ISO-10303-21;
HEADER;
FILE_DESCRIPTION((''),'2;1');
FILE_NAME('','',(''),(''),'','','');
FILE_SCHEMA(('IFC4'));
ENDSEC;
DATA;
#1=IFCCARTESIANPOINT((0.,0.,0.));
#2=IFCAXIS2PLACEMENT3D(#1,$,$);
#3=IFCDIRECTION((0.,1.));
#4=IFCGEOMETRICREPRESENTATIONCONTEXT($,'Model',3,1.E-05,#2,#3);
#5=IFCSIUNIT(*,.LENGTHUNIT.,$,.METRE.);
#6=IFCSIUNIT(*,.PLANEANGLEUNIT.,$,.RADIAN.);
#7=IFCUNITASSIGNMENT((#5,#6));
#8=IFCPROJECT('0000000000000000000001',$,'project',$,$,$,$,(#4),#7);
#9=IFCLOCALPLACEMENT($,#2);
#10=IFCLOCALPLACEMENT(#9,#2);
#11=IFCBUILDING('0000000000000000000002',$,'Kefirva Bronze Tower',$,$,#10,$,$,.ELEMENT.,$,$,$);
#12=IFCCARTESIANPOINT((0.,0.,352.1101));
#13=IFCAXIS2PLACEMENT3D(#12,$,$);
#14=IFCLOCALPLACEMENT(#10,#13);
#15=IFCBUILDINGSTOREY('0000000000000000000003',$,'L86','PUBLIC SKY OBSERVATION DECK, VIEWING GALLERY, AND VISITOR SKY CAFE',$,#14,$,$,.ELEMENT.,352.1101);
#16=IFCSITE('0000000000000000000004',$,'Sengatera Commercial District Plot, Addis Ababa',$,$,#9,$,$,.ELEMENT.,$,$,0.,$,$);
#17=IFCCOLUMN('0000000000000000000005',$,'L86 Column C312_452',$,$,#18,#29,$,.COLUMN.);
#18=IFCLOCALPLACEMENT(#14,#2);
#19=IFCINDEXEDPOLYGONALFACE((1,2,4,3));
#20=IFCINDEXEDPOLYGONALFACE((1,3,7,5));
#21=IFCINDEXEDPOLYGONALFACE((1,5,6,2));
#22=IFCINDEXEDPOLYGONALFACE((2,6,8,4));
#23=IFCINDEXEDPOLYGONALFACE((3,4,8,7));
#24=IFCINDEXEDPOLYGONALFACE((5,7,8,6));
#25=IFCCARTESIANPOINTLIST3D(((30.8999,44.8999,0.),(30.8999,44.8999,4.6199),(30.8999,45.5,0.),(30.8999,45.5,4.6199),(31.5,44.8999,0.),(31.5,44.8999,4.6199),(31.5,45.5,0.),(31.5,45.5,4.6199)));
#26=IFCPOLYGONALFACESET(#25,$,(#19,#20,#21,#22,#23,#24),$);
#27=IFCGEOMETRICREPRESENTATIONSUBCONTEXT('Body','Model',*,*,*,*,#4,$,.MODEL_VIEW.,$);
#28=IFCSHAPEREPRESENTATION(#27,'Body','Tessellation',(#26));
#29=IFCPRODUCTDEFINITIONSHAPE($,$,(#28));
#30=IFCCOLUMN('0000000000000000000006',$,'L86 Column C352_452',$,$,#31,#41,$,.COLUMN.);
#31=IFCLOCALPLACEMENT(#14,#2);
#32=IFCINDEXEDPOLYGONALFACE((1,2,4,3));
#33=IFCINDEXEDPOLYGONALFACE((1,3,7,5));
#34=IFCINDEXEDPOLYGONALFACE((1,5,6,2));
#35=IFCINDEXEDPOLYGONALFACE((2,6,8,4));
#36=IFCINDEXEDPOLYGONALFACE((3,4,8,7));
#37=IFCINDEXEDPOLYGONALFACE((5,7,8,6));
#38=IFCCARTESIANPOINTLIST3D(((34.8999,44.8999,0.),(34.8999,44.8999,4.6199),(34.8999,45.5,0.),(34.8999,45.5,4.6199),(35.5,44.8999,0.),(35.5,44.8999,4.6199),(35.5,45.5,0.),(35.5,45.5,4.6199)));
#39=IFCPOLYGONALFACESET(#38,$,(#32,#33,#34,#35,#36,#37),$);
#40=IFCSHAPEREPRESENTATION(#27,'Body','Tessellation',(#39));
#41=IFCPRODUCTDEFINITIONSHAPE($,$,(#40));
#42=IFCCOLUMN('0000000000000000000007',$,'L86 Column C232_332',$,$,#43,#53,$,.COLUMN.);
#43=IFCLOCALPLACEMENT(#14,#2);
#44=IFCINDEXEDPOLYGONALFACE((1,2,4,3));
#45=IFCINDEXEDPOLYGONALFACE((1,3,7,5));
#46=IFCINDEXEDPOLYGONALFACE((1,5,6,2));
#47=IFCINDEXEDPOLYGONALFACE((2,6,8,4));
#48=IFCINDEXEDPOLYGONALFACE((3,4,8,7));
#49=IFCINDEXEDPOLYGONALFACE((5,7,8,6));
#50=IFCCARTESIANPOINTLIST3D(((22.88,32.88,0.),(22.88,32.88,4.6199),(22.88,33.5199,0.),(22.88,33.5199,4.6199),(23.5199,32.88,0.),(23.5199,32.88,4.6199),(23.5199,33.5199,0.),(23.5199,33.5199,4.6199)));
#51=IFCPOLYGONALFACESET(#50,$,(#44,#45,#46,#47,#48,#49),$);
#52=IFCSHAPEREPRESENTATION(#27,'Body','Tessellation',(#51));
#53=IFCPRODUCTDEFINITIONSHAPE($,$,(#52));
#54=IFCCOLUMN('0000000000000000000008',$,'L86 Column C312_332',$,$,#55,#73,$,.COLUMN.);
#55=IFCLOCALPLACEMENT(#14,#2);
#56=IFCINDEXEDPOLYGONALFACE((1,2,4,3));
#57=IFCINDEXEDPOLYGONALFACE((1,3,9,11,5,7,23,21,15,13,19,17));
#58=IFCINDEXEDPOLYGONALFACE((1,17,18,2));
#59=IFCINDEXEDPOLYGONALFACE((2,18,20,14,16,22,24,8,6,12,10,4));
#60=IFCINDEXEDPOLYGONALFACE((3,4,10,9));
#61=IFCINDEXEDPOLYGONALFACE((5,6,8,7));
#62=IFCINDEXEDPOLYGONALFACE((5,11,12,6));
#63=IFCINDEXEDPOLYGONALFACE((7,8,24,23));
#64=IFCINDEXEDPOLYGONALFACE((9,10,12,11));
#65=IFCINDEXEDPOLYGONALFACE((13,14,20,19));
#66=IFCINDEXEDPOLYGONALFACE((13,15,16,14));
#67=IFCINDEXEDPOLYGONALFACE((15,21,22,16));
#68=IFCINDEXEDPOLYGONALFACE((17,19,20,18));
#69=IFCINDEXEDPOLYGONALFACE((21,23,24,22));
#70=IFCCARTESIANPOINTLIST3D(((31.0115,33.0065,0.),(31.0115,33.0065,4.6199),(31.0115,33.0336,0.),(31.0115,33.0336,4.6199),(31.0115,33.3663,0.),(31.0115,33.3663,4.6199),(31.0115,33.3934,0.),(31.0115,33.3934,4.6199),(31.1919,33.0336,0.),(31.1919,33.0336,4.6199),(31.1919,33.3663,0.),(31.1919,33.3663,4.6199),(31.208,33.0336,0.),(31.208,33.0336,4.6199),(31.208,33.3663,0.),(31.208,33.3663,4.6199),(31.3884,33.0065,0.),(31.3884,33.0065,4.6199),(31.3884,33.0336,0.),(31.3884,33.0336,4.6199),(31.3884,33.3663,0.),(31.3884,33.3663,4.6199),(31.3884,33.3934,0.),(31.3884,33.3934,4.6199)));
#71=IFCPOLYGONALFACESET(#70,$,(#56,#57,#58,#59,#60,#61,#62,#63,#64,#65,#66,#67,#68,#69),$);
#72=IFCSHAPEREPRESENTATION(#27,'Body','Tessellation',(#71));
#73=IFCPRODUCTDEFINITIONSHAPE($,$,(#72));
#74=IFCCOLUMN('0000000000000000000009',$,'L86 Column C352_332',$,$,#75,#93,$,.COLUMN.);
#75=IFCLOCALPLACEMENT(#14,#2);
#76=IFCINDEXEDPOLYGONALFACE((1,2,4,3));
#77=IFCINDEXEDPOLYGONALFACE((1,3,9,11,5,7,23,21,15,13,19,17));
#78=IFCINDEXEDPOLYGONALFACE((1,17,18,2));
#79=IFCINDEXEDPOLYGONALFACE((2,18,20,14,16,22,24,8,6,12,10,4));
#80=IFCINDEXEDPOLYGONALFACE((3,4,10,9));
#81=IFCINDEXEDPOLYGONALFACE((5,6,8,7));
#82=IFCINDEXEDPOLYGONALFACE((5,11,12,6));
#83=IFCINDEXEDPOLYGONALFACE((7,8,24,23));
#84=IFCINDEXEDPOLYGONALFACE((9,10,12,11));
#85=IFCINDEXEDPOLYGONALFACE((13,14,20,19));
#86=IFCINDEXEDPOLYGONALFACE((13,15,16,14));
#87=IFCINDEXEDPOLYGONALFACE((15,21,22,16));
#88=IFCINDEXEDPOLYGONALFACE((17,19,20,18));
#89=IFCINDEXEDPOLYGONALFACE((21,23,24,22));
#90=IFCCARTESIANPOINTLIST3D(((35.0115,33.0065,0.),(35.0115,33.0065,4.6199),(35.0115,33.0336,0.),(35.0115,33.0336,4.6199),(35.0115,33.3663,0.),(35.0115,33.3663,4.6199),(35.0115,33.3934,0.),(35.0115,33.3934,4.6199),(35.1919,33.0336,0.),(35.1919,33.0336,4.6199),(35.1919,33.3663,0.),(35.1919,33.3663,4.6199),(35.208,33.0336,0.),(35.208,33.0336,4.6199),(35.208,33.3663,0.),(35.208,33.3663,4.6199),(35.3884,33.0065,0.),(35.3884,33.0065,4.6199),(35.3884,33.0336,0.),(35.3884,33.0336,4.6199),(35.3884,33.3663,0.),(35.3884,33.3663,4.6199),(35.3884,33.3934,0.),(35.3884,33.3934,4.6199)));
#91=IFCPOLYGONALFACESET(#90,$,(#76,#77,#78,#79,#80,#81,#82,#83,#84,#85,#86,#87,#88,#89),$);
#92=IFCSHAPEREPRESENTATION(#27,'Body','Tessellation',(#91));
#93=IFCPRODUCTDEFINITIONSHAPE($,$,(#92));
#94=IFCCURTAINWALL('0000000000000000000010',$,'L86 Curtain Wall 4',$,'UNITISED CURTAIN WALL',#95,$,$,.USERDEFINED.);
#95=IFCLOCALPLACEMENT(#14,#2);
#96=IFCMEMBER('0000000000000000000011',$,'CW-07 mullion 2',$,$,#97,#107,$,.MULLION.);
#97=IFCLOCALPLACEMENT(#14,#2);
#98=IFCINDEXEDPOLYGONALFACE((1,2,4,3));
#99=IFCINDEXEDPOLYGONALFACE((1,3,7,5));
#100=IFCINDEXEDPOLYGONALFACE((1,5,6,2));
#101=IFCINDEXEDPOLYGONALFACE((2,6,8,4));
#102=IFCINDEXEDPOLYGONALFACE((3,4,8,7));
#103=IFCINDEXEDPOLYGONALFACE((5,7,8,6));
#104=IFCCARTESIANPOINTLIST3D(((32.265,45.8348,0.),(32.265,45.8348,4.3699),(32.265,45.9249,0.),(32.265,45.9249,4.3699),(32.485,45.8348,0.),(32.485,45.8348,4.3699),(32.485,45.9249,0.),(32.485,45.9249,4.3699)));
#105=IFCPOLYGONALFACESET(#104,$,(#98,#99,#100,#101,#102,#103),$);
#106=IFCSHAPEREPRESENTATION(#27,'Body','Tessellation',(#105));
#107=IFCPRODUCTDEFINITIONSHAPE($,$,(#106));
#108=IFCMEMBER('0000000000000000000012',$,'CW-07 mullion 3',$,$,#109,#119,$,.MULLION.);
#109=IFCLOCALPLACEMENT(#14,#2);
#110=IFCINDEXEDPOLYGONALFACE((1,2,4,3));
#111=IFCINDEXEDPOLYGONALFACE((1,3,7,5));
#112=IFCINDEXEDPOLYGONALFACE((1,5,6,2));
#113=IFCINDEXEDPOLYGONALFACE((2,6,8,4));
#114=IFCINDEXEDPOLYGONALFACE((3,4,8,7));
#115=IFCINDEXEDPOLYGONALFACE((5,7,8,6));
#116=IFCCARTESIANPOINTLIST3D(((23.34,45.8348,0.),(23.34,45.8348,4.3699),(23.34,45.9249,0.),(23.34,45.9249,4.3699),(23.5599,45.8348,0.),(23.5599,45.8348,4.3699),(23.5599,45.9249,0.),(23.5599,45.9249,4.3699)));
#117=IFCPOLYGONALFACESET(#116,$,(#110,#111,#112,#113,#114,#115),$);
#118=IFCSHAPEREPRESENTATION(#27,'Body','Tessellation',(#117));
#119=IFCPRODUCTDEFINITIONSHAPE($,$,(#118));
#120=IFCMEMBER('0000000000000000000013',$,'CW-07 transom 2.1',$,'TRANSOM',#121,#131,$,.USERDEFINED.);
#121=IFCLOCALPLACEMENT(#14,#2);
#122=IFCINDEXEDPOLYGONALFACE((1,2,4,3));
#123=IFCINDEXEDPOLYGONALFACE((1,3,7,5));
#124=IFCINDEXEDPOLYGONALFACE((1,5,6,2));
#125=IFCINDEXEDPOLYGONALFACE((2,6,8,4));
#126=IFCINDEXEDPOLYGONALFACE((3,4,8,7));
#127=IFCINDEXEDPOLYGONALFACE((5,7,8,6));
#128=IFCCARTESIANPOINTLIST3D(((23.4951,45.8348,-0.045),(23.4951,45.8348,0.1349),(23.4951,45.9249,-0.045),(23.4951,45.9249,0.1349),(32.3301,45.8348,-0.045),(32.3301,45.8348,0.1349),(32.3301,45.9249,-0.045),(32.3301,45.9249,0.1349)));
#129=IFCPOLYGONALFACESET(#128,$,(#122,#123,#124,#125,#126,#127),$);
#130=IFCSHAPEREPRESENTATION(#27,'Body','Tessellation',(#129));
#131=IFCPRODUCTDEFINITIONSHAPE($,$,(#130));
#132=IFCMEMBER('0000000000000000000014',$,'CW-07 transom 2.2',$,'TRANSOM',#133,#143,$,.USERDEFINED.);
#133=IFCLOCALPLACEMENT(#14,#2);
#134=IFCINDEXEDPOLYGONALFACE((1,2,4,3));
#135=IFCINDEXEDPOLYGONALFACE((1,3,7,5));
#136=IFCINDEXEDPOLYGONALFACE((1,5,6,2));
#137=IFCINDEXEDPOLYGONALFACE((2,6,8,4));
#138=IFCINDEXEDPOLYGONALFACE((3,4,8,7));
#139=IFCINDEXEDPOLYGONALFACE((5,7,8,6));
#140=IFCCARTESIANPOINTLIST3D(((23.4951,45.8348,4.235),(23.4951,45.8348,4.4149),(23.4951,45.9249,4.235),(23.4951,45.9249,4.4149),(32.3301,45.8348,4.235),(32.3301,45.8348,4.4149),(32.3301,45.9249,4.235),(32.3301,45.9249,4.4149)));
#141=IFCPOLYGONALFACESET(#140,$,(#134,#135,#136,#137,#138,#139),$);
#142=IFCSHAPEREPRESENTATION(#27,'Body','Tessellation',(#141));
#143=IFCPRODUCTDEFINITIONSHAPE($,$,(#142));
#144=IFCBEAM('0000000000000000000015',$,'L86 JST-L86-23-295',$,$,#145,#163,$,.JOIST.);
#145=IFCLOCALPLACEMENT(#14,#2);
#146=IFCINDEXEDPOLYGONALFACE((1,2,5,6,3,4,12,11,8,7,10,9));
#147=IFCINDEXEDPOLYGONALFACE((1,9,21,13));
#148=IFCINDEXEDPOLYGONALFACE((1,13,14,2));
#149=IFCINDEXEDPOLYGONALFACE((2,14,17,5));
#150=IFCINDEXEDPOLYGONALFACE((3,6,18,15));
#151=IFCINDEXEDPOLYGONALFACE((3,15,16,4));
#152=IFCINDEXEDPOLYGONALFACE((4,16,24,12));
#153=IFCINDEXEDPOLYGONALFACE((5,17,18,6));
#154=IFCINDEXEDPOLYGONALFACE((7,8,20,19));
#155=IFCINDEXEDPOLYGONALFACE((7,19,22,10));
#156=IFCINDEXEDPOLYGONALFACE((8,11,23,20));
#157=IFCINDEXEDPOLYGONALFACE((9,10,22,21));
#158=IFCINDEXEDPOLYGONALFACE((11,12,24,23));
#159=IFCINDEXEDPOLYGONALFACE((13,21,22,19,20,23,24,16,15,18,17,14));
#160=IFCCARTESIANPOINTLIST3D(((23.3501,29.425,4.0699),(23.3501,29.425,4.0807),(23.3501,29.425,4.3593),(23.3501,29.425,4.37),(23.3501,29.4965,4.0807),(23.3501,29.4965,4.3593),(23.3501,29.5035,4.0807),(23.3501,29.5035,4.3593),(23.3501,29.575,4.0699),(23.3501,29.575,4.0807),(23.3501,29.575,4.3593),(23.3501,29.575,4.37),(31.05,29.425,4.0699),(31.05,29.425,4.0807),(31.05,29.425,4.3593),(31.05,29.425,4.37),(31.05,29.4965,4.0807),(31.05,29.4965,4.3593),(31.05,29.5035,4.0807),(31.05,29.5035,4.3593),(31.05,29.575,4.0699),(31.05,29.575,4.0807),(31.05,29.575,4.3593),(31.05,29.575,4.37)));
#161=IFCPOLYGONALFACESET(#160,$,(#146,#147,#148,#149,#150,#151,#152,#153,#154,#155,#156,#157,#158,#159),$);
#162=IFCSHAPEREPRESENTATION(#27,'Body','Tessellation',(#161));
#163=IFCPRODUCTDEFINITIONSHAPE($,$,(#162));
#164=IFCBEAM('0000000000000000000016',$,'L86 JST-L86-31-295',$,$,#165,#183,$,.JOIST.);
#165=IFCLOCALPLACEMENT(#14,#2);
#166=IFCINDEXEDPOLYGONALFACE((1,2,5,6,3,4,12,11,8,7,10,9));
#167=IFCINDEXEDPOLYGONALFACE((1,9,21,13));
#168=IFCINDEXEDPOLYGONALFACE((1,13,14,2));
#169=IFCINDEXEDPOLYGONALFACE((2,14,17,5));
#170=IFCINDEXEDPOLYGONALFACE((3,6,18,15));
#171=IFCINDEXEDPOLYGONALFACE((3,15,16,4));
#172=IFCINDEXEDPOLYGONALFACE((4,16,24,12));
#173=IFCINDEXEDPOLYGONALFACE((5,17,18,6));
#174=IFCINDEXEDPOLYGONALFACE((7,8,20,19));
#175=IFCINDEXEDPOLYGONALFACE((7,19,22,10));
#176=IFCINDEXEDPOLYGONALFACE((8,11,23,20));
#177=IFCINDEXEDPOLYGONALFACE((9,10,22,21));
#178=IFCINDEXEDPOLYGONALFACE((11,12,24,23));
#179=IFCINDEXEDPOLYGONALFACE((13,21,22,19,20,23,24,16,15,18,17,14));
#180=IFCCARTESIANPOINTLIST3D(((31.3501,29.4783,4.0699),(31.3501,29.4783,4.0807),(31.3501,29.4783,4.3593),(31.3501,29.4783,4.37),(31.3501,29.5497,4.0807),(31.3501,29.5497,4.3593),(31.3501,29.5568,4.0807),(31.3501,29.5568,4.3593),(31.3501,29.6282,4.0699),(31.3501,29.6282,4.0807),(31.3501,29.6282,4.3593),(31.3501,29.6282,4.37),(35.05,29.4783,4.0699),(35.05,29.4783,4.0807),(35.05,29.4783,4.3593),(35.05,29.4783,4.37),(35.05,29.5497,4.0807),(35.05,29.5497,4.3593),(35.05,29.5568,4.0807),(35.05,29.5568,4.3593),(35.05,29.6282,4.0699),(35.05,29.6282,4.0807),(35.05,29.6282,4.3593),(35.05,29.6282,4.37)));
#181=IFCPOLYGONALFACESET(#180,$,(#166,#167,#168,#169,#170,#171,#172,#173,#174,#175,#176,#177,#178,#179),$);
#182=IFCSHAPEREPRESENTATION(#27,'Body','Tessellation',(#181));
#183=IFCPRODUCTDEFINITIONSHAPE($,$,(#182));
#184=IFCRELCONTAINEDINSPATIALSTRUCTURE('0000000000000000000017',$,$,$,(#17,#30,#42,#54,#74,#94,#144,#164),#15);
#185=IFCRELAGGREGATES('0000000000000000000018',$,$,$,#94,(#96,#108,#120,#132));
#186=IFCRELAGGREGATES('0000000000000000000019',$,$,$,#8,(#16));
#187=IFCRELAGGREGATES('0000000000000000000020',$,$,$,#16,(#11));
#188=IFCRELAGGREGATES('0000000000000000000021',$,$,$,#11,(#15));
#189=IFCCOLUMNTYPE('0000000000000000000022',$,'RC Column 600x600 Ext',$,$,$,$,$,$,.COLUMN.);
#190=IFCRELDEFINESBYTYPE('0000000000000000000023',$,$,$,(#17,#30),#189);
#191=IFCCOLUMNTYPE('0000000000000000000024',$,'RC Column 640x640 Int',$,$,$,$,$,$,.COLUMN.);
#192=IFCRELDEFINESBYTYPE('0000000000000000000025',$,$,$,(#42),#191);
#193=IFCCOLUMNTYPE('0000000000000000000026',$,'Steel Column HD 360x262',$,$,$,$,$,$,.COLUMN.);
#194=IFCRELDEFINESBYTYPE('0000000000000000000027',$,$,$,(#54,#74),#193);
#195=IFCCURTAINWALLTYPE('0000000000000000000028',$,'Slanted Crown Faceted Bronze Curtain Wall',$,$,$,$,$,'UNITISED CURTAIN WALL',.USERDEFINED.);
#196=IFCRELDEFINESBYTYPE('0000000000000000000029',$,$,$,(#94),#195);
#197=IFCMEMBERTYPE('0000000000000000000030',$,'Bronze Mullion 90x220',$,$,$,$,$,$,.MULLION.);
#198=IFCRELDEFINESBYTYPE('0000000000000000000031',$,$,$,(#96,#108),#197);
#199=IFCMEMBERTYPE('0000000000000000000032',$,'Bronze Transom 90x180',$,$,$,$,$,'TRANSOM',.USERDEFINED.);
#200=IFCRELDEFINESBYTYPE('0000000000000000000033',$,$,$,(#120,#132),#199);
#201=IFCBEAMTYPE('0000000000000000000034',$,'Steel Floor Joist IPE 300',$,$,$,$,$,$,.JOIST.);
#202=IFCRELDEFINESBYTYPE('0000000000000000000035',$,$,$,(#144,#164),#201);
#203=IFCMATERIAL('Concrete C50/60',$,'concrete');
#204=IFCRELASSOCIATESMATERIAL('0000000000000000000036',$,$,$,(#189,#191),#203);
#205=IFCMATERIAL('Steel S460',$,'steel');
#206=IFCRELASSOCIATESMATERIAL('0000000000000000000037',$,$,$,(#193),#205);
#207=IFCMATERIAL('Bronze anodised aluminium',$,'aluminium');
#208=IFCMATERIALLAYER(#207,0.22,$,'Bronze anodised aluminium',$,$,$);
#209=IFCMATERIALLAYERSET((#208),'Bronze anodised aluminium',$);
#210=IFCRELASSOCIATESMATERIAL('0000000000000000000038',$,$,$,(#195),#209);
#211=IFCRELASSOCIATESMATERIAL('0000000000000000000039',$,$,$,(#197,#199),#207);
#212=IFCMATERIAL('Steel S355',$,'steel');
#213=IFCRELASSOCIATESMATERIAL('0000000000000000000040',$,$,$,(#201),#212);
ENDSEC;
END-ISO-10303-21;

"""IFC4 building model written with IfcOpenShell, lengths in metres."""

from ifc_helpers import new_model, si_unit, direction, frame, origin, origin_2d, place, context, subcontext, project, spatial, rectangle, i_section, extrude, material, layer, layer_set, material_profile, profile_set, type_object, element, aggregate, save


model = new_model("IFC4")

# Units and contexts
model_context = context("Model", 3, precision=1e-05, world=origin(), true_north=direction((0.0, 1.0)))
body_context = subcontext(model_context, "Body", "Model", "MODEL_VIEW")
ifc_project = project(units=[si_unit("LENGTHUNIT", "METRE"), si_unit("PLANEANGLEUNIT", "RADIAN")], contexts=[model_context])

# Site, building, storey
site_placement = place(None, origin())
site = spatial("IfcSite", under=ifc_project, at=site_placement, Name="Sengatera Commercial District Plot, Addis Ababa", CompositionType="ELEMENT", RefElevation=0.0)
building_placement = place(site_placement, origin())
building = spatial("IfcBuilding", under=site, at=building_placement, Name="Kefirva Bronze Tower", CompositionType="ELEMENT")
storey_placement = place(building_placement, frame((0.0, 0.0, 352.1101)))
storey = spatial("IfcBuildingStorey", under=building, at=storey_placement, Name="L86", Description="PUBLIC SKY OBSERVATION DECK, VIEWING GALLERY, AND VISITOR SKY CAFE", CompositionType="ELEMENT", Elevation=352.1101)

# Columns
ifc_material_1 = material(Name="Concrete C50/60", Category="concrete")
ifc_material_profile_1 = material_profile(ifc_material_1, rectangle(XDim=0.6001, YDim=0.6001, at=origin_2d()), Name="RC 600x600")
ifc_profile_set_1 = profile_set([ifc_material_profile_1], Name="Concrete C50/60")
column_type_1 = type_object("IfcColumnType", Name="RC Column 600x600 Ext", PredefinedType="COLUMN", material=ifc_profile_set_1)
for number, where, z_axis, x_axis, name in (
    (1, (31.2, 45.2, 0.0), (0.0, 0.0, 1.0), (1.0, 0.0, 0.0), "L86 Column C312_452"),
    (2, (35.2, 45.2, 0.0), (0.0, 0.0, 1.0), (1.0, 0.0, 0.0), "L86 Column C352_452"),
):
    element("IfcColumn", number, at=place(storey_placement, frame(where, z_axis=z_axis, x_axis=x_axis)), inside=storey, type_object=column_type_1, Name=name, PredefinedType="COLUMN", context=body_context, shape_type="SweptSolid", body=[
        extrude(rectangle(XDim=0.6001, YDim=0.6001, at=origin_2d()), origin(), (0.0, 0.0, 1.0), 4.6199),
    ])
ifc_material_profile_2 = material_profile(ifc_material_1, rectangle(XDim=0.6399, YDim=0.6399, at=origin_2d()), Name="RC 640x640")
ifc_profile_set_2 = profile_set([ifc_material_profile_2], Name="Concrete C50/60")
column_type_2 = type_object("IfcColumnType", Name="RC Column 640x640 Int", PredefinedType="COLUMN", material=ifc_profile_set_2)
column_placement = place(storey_placement, frame((23.2, 33.2, 0.0), z_axis=(0.0, 0.0, 1.0), x_axis=(1.0, 0.0, 0.0)))
element("IfcColumn", 3, at=column_placement, inside=storey, type_object=column_type_2, Name="L86 Column C232_332", PredefinedType="COLUMN", context=body_context, shape_type="SweptSolid", body=[
    extrude(rectangle(XDim=0.6399, YDim=0.6399, at=origin_2d()), origin(), (0.0, 0.0, 1.0), 4.6199),
])
ifc_material_2 = material(Name="Steel S460", Category="steel")
ifc_material_profile_3 = material_profile(ifc_material_2, i_section(OverallWidth=0.377, OverallDepth=0.387, WebThickness=0.0161, FlangeThickness=0.0271, at=origin_2d()), Name="HD 360x262")
ifc_profile_set_3 = profile_set([ifc_material_profile_3], Name="Steel S460")
column_type_3 = type_object("IfcColumnType", Name="Steel Column HD 360x262", PredefinedType="COLUMN", material=ifc_profile_set_3)
for number, where, z_axis, x_axis, name in (
    (4, (31.2, 33.2, 0.0), (0.0, 0.0, 1.0), (1.0, 0.0, 0.0), "L86 Column C312_332"),
    (5, (35.2, 33.2, 0.0), (0.0, 0.0, 1.0), (1.0, 0.0, 0.0), "L86 Column C352_332"),
):
    element("IfcColumn", number, at=place(storey_placement, frame(where, z_axis=z_axis, x_axis=x_axis)), inside=storey, type_object=column_type_3, Name=name, PredefinedType="COLUMN", context=body_context, shape_type="SweptSolid", body=[
        extrude(i_section(OverallWidth=0.377, OverallDepth=0.387, WebThickness=0.0161, FlangeThickness=0.0271, at=origin_2d()), origin(), (0.0, 0.0, 1.0), 4.6199),
    ])

# Curtain wall, members
ifc_material_3 = material(Name="Bronze anodised aluminium", Category="aluminium")
ifc_layer_1 = layer(ifc_material_3, 0.22, Name="Bronze anodised aluminium")
ifc_layer_set_1 = layer_set([ifc_layer_1], Name="Bronze anodised aluminium")
curtain_wall_type = type_object("IfcCurtainWallType", Name="Slanted Crown Faceted Bronze Curtain Wall", ElementType="UNITISED CURTAIN WALL", PredefinedType="USERDEFINED", material=ifc_layer_set_1)
curtain_wall_placement = place(storey_placement, origin())
curtain_wall = element("IfcCurtainWall", 6, at=curtain_wall_placement, inside=storey, type_object=curtain_wall_type, Name="L86 Curtain Wall 4", ObjectType="UNITISED CURTAIN WALL", PredefinedType="USERDEFINED")
ifc_material_profile_4 = material_profile(ifc_material_3, rectangle(XDim=0.0901, YDim=0.22, at=origin_2d()), Name="ALU 90x220")
ifc_profile_set_4 = profile_set([ifc_material_profile_4], Name="Bronze anodised aluminium")
member_type_1 = type_object("IfcMemberType", Name="Bronze Mullion 90x220", PredefinedType="MULLION", material=ifc_profile_set_4)
member_1_placement = place(storey_placement, frame((32.375, 45.8799, 0.0), z_axis=(0.0, 0.0, 1.0), x_axis=(0.0, -1.0, 0.0)))
member_1 = element("IfcMember", 7, at=member_1_placement, type_object=member_type_1, Name="CW-07 mullion 2", PredefinedType="MULLION", context=body_context, shape_type="SweptSolid", body=[
    extrude(rectangle(XDim=0.0901, YDim=0.22, at=origin_2d()), origin(), (0.0, 0.0, 1.0), 4.3699),
])
member_2_placement = place(storey_placement, frame((23.45, 45.8799, 0.0), z_axis=(0.0, 0.0, 1.0), x_axis=(0.0, -1.0, 0.0)))
member_2 = element("IfcMember", 8, at=member_2_placement, type_object=member_type_1, Name="CW-07 mullion 3", PredefinedType="MULLION", context=body_context, shape_type="SweptSolid", body=[
    extrude(rectangle(XDim=0.0901, YDim=0.22, at=origin_2d()), origin(), (0.0, 0.0, 1.0), 4.3699),
])
ifc_material_profile_5 = material_profile(ifc_material_3, rectangle(XDim=0.0901, YDim=0.1799, at=origin_2d()), Name="ALU 90x180")
ifc_profile_set_5 = profile_set([ifc_material_profile_5], Name="Bronze anodised aluminium")
member_type_2 = type_object("IfcMemberType", Name="Bronze Transom 90x180", ElementType="TRANSOM", PredefinedType="USERDEFINED", material=ifc_profile_set_5)
member_3_placement = place(storey_placement, frame((32.3301, 45.8799, 0.0449), z_axis=(-1.0, 0.0, 0.0), x_axis=(0.0, -1.0, 0.0)))
member_3 = element("IfcMember", 9, at=member_3_placement, type_object=member_type_2, Name="CW-07 transom 2.1", ObjectType="TRANSOM", PredefinedType="USERDEFINED", context=body_context, shape_type="SweptSolid", body=[
    extrude(rectangle(XDim=0.0901, YDim=0.1799, at=origin_2d()), origin(), (0.0, 0.0, 1.0), 8.835),
])
member_4_placement = place(storey_placement, frame((32.3301, 45.8799, 4.325), z_axis=(-1.0, 0.0, 0.0), x_axis=(0.0, -1.0, 0.0)))
member_4 = element("IfcMember", 10, at=member_4_placement, type_object=member_type_2, Name="CW-07 transom 2.2", ObjectType="TRANSOM", PredefinedType="USERDEFINED", context=body_context, shape_type="SweptSolid", body=[
    extrude(rectangle(XDim=0.0901, YDim=0.1799, at=origin_2d()), origin(), (0.0, 0.0, 1.0), 8.835),
])

# Beams
ifc_material_4 = material(Name="Steel S355", Category="steel")
ifc_material_profile_6 = material_profile(ifc_material_4, i_section(OverallWidth=0.1499, OverallDepth=0.3, WebThickness=0.0071, FlangeThickness=0.0107, at=origin_2d()), Name="IPE 300")
ifc_profile_set_6 = profile_set([ifc_material_profile_6], Name="Steel S355")
beam_type_1 = type_object("IfcBeamType", Name="Steel Floor Joist IPE 300", PredefinedType="JOIST", material=ifc_profile_set_6)
beam_1_placement = place(storey_placement, frame((23.3501, 29.5, 4.22), z_axis=(1.0, 0.0, 0.0), x_axis=(0.0, 1.0, 0.0)))
element("IfcBeam", 11, at=beam_1_placement, inside=storey, type_object=beam_type_1, Name="L86 JST-L86-23-295", PredefinedType="JOIST", context=body_context, shape_type="SweptSolid", body=[
    extrude(i_section(OverallWidth=0.1499, OverallDepth=0.3, WebThickness=0.0071, FlangeThickness=0.0107, at=origin_2d()), origin(), (0.0, 0.0, 1.0), 7.7),
])
for number, where, z_axis, x_axis, name in (
    (12, (31.3501, 29.5532, 4.22), (1.0, 0.0, 0.0), (0.0, 1.0, 0.0), "L86 JST-L86-31-295"),
):
    element("IfcBeam", number, at=place(storey_placement, frame(where, z_axis=z_axis, x_axis=x_axis)), inside=storey, type_object=beam_type_1, Name=name, PredefinedType="JOIST", context=body_context, shape_type="SweptSolid", body=[
        extrude(i_section(OverallWidth=0.1499, OverallDepth=0.3, WebThickness=0.0071, FlangeThickness=0.0107, at=origin_2d()), origin(), (0.0, 0.0, 1.0), 3.7),
    ])

aggregate(curtain_wall, [member_1, member_2, member_3, member_4])

save(model, "model.ifc")
